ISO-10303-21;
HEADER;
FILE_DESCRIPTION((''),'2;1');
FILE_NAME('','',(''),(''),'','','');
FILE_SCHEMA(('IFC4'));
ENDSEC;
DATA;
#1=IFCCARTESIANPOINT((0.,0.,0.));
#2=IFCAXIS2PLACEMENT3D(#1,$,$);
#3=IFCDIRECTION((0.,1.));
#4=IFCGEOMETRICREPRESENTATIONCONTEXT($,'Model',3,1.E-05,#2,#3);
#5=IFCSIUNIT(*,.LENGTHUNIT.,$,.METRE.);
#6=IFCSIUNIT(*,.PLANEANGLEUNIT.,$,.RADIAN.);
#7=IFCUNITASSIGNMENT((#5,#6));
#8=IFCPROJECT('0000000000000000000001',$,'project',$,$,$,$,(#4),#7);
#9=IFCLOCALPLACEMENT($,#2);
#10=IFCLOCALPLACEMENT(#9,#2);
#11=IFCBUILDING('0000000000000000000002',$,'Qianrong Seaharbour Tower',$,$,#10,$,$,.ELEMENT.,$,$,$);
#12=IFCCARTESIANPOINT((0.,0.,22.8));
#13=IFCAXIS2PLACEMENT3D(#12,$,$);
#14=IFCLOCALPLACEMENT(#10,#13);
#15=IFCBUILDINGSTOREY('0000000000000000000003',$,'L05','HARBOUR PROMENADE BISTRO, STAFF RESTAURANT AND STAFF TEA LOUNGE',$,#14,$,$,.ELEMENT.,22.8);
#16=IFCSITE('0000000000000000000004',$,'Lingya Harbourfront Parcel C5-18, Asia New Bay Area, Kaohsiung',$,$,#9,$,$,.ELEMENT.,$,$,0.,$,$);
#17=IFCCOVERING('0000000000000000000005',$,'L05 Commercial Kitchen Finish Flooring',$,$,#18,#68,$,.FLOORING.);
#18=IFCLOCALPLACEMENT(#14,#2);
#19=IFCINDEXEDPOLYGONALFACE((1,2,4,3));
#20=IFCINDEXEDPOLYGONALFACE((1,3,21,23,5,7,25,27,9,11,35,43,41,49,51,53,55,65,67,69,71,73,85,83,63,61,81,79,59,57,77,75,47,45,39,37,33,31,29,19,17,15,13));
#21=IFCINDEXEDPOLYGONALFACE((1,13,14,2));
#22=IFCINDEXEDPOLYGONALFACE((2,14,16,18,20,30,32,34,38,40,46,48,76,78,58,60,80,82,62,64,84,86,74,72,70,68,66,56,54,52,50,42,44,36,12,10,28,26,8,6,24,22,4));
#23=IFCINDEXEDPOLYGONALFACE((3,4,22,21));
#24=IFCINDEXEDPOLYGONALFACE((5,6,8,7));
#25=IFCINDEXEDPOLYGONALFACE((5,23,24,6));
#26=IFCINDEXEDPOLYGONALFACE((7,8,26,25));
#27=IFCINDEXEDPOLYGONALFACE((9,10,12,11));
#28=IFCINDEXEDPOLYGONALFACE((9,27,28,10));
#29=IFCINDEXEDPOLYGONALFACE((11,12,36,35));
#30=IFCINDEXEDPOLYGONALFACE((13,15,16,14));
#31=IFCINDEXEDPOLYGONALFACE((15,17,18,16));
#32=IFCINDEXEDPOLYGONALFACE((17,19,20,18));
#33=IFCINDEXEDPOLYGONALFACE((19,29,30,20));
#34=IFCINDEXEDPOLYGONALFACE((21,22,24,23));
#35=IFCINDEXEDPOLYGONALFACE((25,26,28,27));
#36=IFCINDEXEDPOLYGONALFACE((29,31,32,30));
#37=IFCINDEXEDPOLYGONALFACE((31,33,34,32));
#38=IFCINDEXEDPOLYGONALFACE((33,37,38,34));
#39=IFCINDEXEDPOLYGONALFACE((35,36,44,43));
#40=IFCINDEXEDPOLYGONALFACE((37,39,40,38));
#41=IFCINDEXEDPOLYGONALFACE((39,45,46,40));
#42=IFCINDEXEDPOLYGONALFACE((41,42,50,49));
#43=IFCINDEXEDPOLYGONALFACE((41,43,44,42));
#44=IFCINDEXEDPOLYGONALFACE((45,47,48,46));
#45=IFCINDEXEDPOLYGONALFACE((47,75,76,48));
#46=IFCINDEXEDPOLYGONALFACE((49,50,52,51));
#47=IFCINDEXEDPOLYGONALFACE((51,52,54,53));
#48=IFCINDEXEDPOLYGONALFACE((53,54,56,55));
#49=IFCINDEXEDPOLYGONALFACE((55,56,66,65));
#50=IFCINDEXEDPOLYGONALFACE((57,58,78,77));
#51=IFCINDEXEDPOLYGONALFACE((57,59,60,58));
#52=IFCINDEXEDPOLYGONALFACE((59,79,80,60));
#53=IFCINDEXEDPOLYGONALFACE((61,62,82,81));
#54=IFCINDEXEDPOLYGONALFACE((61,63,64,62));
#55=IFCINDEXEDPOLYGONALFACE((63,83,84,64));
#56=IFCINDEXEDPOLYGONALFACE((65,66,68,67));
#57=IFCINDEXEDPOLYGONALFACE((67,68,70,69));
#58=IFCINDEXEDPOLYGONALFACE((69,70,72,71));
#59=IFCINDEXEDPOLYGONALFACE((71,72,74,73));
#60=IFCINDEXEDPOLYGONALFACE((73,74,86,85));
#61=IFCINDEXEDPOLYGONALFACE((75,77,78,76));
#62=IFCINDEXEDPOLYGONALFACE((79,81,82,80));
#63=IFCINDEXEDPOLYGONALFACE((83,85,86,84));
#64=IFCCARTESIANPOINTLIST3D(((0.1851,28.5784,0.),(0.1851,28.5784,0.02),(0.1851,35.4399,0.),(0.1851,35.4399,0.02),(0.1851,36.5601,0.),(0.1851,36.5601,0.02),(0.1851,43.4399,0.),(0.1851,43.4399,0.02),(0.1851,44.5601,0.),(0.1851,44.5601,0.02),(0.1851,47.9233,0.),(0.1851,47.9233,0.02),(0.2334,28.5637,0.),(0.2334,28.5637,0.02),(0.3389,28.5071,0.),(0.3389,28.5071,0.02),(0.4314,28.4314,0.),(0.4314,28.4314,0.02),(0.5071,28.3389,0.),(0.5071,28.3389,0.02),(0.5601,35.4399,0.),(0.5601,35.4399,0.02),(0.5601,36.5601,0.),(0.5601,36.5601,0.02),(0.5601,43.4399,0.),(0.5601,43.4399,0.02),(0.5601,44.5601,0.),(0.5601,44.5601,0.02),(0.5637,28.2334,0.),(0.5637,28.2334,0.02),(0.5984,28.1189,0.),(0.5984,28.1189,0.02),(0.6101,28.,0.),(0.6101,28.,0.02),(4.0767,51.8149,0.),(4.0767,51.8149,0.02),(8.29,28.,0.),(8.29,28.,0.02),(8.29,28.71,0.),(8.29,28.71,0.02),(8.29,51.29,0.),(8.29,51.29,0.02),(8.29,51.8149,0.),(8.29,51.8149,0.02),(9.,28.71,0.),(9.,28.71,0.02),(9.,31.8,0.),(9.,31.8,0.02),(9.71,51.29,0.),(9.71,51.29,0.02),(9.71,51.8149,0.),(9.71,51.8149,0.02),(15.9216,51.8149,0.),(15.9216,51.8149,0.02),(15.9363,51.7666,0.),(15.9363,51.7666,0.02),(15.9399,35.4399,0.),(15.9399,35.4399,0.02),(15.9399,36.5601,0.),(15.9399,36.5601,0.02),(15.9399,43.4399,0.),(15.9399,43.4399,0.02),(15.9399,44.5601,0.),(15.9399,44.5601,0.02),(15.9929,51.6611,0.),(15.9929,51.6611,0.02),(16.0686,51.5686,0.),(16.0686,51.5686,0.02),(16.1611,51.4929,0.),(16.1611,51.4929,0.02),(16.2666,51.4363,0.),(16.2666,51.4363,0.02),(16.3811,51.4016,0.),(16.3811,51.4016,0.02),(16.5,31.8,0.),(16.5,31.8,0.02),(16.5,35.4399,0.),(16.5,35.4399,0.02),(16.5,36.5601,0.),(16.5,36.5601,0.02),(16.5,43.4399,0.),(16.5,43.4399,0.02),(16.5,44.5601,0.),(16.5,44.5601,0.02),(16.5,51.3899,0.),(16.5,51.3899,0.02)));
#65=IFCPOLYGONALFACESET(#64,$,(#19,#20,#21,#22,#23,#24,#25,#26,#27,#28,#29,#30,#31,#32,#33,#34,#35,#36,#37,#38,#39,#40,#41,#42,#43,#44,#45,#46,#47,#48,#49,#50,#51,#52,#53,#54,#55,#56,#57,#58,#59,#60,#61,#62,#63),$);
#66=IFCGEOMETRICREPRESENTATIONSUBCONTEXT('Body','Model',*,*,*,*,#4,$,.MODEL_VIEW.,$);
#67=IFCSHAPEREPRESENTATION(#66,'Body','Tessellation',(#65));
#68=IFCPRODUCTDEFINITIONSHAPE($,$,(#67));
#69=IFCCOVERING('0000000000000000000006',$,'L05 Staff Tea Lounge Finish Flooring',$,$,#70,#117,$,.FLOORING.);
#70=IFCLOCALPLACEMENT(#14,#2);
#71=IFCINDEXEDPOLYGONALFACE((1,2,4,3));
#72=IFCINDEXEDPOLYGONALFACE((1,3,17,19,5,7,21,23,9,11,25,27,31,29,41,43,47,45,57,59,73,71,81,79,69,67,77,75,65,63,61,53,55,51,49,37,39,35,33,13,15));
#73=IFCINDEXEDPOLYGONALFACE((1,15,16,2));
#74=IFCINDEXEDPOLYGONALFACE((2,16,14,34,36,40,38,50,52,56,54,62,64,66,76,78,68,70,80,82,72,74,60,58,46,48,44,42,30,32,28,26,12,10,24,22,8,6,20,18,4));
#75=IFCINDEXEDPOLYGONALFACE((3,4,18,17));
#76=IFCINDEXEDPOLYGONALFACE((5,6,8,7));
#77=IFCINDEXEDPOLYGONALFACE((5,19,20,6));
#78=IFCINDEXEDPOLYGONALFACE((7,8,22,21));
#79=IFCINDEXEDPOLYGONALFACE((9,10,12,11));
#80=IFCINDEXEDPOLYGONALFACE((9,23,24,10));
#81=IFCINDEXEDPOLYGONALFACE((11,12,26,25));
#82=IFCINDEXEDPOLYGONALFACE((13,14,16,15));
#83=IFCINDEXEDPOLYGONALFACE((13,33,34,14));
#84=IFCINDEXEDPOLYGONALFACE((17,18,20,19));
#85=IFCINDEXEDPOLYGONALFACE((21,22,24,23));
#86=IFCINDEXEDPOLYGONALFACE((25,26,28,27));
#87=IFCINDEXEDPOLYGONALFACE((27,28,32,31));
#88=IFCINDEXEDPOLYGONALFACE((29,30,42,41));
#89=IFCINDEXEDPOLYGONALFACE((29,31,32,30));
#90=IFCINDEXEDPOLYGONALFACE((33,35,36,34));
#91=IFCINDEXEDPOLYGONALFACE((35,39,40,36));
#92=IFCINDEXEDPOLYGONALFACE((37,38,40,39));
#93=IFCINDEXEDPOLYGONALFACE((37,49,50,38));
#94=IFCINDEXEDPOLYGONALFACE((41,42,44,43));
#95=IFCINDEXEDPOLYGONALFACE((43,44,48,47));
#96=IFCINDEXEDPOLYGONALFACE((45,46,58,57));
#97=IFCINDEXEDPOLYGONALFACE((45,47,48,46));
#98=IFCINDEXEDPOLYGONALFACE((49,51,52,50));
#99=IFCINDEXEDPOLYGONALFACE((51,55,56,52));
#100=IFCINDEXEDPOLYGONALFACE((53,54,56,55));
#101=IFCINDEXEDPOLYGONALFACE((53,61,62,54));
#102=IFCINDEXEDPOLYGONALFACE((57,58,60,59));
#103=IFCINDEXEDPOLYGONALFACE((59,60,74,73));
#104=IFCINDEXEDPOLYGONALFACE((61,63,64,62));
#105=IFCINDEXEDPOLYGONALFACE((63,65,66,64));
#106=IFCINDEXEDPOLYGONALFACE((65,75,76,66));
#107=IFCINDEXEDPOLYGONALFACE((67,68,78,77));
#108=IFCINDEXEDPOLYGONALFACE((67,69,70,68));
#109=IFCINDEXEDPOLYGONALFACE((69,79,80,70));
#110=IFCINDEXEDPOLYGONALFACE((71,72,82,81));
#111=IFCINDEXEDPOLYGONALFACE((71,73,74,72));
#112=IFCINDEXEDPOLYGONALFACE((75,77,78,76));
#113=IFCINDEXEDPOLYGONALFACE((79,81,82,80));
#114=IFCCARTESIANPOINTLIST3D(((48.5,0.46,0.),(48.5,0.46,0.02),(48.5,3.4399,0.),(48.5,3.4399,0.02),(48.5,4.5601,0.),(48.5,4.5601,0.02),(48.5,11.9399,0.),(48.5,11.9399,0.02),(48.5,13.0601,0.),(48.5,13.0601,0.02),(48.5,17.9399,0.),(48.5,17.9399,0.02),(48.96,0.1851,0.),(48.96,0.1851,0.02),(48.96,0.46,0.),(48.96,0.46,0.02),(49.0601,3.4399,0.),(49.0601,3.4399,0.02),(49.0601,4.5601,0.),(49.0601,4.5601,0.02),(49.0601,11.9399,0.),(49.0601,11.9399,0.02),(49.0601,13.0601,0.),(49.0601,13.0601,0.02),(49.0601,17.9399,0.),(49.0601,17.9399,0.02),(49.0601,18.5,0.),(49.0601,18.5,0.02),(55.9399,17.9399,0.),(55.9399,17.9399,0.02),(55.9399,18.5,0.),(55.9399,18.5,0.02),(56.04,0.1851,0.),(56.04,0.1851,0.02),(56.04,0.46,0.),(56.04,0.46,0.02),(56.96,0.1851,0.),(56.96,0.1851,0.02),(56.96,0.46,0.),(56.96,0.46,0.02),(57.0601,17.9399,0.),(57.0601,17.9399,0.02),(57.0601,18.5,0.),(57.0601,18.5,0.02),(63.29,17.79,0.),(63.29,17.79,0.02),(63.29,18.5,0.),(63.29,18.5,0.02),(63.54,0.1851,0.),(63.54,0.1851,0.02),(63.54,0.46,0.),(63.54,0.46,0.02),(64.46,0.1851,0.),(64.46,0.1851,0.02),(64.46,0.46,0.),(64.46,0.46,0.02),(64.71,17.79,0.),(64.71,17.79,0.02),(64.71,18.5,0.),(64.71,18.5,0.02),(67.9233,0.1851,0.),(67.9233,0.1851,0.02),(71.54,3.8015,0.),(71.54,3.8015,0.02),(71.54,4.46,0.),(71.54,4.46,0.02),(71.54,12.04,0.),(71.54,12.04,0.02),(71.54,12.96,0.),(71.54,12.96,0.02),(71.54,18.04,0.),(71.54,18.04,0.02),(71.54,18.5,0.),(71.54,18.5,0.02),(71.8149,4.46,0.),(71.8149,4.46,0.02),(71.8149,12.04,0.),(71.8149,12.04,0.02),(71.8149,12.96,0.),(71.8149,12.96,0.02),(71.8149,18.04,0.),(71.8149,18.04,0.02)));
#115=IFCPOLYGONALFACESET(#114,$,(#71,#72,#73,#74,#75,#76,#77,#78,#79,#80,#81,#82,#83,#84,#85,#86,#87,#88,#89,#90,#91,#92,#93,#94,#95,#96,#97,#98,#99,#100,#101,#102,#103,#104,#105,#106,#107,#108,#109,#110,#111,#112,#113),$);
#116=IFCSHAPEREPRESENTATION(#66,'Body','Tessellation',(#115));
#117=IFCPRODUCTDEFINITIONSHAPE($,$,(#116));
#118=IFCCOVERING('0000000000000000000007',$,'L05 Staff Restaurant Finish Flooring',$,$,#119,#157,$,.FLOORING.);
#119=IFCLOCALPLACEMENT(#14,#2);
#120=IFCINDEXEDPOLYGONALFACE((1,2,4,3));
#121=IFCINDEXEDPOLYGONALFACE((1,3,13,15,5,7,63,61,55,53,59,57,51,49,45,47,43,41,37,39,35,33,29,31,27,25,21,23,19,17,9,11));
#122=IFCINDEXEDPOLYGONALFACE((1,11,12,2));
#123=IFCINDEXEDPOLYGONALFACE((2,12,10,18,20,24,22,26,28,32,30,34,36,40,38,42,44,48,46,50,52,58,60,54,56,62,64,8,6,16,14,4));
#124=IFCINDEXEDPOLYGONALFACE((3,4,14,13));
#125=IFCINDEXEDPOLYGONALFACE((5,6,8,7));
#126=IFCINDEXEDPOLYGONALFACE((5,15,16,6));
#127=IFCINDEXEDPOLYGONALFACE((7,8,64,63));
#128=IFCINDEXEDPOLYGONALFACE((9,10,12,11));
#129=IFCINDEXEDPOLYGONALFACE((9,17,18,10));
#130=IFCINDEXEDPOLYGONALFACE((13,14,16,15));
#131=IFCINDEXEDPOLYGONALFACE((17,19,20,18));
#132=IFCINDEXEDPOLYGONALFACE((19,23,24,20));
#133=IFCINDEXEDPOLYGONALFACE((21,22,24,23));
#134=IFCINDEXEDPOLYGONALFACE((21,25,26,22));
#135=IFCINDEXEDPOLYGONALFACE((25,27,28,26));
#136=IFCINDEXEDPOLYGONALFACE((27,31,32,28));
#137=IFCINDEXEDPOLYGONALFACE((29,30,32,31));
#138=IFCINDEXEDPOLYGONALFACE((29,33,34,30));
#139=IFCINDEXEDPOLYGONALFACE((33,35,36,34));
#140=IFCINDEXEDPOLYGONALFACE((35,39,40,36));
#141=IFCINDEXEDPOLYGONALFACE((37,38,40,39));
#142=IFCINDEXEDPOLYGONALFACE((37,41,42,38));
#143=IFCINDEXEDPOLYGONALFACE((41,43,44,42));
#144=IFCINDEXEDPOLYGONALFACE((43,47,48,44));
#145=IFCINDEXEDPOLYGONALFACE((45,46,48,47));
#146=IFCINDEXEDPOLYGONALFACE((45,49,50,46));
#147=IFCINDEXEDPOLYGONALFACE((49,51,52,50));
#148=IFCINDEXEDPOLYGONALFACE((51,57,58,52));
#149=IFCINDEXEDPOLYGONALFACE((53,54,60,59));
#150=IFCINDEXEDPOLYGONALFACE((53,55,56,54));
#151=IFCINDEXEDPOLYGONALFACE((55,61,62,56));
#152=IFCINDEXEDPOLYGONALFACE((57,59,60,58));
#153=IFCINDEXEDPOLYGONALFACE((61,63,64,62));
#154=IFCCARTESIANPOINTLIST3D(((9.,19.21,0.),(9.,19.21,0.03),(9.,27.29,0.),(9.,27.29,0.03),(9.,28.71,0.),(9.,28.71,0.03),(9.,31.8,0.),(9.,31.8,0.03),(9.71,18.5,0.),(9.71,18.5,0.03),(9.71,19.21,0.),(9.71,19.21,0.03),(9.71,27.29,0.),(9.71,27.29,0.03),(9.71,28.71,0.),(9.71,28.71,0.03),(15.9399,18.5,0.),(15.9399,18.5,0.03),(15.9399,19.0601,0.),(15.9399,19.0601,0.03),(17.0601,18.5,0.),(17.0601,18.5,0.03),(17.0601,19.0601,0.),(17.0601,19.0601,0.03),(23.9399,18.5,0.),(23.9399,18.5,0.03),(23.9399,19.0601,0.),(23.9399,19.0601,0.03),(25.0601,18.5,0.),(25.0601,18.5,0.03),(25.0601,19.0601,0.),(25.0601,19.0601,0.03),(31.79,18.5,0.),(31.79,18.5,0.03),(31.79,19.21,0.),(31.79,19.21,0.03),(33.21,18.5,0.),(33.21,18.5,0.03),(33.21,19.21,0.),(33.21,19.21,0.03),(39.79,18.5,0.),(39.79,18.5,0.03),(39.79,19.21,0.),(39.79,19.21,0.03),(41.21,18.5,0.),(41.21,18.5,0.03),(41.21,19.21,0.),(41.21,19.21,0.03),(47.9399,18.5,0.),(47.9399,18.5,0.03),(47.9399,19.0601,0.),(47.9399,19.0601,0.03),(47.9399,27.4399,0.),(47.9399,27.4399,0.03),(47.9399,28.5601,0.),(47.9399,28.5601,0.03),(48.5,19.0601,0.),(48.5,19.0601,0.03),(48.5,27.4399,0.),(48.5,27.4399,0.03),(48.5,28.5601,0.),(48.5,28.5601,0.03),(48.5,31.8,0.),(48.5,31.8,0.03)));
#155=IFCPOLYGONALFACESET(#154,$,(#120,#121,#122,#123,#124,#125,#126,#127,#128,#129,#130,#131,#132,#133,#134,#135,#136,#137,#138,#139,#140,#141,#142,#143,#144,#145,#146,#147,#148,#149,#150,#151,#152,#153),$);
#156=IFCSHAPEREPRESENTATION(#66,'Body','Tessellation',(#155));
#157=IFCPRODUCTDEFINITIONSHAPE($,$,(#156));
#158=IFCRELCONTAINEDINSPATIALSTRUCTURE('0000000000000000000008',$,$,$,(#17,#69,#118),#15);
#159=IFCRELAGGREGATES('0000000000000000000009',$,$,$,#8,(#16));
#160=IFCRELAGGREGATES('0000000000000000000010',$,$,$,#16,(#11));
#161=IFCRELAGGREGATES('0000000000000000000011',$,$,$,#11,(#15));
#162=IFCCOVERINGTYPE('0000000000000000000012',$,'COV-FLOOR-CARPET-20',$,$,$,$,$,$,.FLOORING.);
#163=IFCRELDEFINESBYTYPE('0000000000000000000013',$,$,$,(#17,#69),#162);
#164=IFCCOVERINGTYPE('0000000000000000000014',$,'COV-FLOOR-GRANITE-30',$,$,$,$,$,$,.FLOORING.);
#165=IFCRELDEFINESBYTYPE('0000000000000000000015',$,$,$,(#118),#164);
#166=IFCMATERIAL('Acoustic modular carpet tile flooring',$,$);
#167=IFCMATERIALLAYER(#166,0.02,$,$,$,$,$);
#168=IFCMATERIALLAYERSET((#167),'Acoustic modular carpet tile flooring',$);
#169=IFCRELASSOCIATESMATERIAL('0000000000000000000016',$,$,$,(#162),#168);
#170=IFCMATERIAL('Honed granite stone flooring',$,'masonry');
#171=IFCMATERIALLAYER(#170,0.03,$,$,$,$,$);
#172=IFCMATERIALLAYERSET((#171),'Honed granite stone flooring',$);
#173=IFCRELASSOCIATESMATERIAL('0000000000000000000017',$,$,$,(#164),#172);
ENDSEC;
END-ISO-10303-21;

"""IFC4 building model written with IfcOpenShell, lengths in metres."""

from ifc_helpers import new_model, si_unit, direction, frame, origin, place, context, subcontext, project, spatial, polyline, outline, extrude, material, layer, layer_set, type_object, element, save


model = new_model("IFC4")

# Units and contexts
model_context = context("Model", 3, precision=1e-05, world=origin(), true_north=direction((0.0, 1.0)))
body_context = subcontext(model_context, "Body", "Model", "MODEL_VIEW")
ifc_project = project(units=[si_unit("LENGTHUNIT", "METRE"), si_unit("PLANEANGLEUNIT", "RADIAN")], contexts=[model_context])

# Site, building, storey
site_placement = place(None, origin())
site = spatial("IfcSite", under=ifc_project, at=site_placement, Name="Lingya Harbourfront Parcel C5-18, Asia New Bay Area, Kaohsiung", CompositionType="ELEMENT", RefElevation=0.0)
building_placement = place(site_placement, origin())
building = spatial("IfcBuilding", under=site, at=building_placement, Name="Qianrong Seaharbour Tower", CompositionType="ELEMENT")
storey_placement = place(building_placement, frame((0.0, 0.0, 22.8)))
storey = spatial("IfcBuildingStorey", under=building, at=storey_placement, Name="L05", Description="HARBOUR PROMENADE BISTRO, STAFF RESTAURANT AND STAFF TEA LOUNGE", CompositionType="ELEMENT", Elevation=22.8)

# Coverings
ifc_material_1 = material(Name="Acoustic modular carpet tile flooring")
ifc_layer_1 = layer(ifc_material_1, 0.02)
ifc_layer_set_1 = layer_set([ifc_layer_1], Name="Acoustic modular carpet tile flooring")
covering_type_1 = type_object("IfcCoveringType", Name="COV-FLOOR-CARPET-20", PredefinedType="FLOORING", material=ifc_layer_set_1)
covering_1_placement = place(storey_placement, origin())
element("IfcCovering", 1, at=covering_1_placement, inside=storey, type_object=covering_type_1, Name="L05 Commercial Kitchen Finish Flooring", PredefinedType="FLOORING", context=body_context, shape_type="SweptSolid", body=[
    extrude(outline(polyline([(0.1851, 35.4399), (0.5601, 35.4399), (0.5601, 36.5601), (0.1851, 36.5601), (0.1851, 43.4399), (0.5601, 43.4399), (0.5601, 44.5601), (0.1851, 44.5601), (0.1851, 47.9233), (4.0767, 51.8149), (8.29, 51.8149), (8.29, 51.29), (9.71, 51.29), (9.71, 51.8149), (15.9216, 51.8149), (15.9363, 51.7666), (15.9929, 51.6611), (16.0686, 51.5686), (16.1611, 51.4929), (16.2666, 51.4363), (16.3811, 51.4016), (16.5, 51.3899), (16.5, 44.5601), (15.9399, 44.5601), (15.9399, 43.4399), (16.5, 43.4399), (16.5, 36.5601), (15.9399, 36.5601), (15.9399, 35.4399), (16.5, 35.4399), (16.5, 31.8), (9.0, 31.8), (9.0, 28.71), (8.29, 28.71), (8.29, 28.0), (0.6101, 28.0), (0.5984, 28.1189), (0.5637, 28.2334), (0.5071, 28.3389), (0.4314, 28.4314), (0.3389, 28.5071), (0.2334, 28.5637), (0.1851, 28.5784), (0.1851, 35.4399)])), origin(), (0.0, 0.0, 1.0), 0.02),
])
covering_2_placement = place(storey_placement, origin())
element("IfcCovering", 2, at=covering_2_placement, inside=storey, type_object=covering_type_1, Name="L05 Staff Tea Lounge Finish Flooring", PredefinedType="FLOORING", context=body_context, shape_type="SweptSolid", body=[
    extrude(outline(polyline([(71.8149, 12.96), (71.54, 12.96), (71.54, 12.04), (71.8149, 12.04), (71.8149, 4.46), (71.54, 4.46), (71.54, 3.8015), (67.9233, 0.1851), (64.46, 0.1851), (64.46, 0.46), (63.54, 0.46), (63.54, 0.1851), (56.96, 0.1851), (56.96, 0.46), (56.04, 0.46), (56.04, 0.1851), (48.96, 0.1851), (48.96, 0.46), (48.5, 0.46), (48.5, 3.4399), (49.0601, 3.4399), (49.0601, 4.5601), (48.5, 4.5601), (48.5, 11.9399), (49.0601, 11.9399), (49.0601, 13.0601), (48.5, 13.0601), (48.5, 17.9399), (49.0601, 17.9399), (49.0601, 18.5), (55.9399, 18.5), (55.9399, 17.9399), (57.0601, 17.9399), (57.0601, 18.5), (63.29, 18.5), (63.29, 17.79), (64.71, 17.79), (64.71, 18.5), (71.54, 18.5), (71.54, 18.04), (71.8149, 18.04), (71.8149, 12.96)])), origin(), (0.0, 0.0, 1.0), 0.02),
])
ifc_material_2 = material(Name="Honed granite stone flooring", Category="masonry")
ifc_layer_2 = layer(ifc_material_2, 0.03)
ifc_layer_set_2 = layer_set([ifc_layer_2], Name="Honed granite stone flooring")
covering_type_2 = type_object("IfcCoveringType", Name="COV-FLOOR-GRANITE-30", PredefinedType="FLOORING", material=ifc_layer_set_2)
covering_3_placement = place(storey_placement, origin())
element("IfcCovering", 3, at=covering_3_placement, inside=storey, type_object=covering_type_2, Name="L05 Staff Restaurant Finish Flooring", PredefinedType="FLOORING", context=body_context, shape_type="SweptSolid", body=[
    extrude(outline(polyline([(48.5, 31.8), (48.5, 28.5601), (47.9399, 28.5601), (47.9399, 27.4399), (48.5, 27.4399), (48.5, 19.0601), (47.9399, 19.0601), (47.9399, 18.5), (41.21, 18.5), (41.21, 19.21), (39.79, 19.21), (39.79, 18.5), (33.21, 18.5), (33.21, 19.21), (31.79, 19.21), (31.79, 18.5), (25.0601, 18.5), (25.0601, 19.0601), (23.9399, 19.0601), (23.9399, 18.5), (17.0601, 18.5), (17.0601, 19.0601), (15.9399, 19.0601), (15.9399, 18.5), (9.71, 18.5), (9.71, 19.21), (9.0, 19.21), (9.0, 27.29), (9.71, 27.29), (9.71, 28.71), (9.0, 28.71), (9.0, 31.8), (48.5, 31.8)])), origin(), (0.0, 0.0, 1.0), 0.03),
])

save(model, "model.ifc")
